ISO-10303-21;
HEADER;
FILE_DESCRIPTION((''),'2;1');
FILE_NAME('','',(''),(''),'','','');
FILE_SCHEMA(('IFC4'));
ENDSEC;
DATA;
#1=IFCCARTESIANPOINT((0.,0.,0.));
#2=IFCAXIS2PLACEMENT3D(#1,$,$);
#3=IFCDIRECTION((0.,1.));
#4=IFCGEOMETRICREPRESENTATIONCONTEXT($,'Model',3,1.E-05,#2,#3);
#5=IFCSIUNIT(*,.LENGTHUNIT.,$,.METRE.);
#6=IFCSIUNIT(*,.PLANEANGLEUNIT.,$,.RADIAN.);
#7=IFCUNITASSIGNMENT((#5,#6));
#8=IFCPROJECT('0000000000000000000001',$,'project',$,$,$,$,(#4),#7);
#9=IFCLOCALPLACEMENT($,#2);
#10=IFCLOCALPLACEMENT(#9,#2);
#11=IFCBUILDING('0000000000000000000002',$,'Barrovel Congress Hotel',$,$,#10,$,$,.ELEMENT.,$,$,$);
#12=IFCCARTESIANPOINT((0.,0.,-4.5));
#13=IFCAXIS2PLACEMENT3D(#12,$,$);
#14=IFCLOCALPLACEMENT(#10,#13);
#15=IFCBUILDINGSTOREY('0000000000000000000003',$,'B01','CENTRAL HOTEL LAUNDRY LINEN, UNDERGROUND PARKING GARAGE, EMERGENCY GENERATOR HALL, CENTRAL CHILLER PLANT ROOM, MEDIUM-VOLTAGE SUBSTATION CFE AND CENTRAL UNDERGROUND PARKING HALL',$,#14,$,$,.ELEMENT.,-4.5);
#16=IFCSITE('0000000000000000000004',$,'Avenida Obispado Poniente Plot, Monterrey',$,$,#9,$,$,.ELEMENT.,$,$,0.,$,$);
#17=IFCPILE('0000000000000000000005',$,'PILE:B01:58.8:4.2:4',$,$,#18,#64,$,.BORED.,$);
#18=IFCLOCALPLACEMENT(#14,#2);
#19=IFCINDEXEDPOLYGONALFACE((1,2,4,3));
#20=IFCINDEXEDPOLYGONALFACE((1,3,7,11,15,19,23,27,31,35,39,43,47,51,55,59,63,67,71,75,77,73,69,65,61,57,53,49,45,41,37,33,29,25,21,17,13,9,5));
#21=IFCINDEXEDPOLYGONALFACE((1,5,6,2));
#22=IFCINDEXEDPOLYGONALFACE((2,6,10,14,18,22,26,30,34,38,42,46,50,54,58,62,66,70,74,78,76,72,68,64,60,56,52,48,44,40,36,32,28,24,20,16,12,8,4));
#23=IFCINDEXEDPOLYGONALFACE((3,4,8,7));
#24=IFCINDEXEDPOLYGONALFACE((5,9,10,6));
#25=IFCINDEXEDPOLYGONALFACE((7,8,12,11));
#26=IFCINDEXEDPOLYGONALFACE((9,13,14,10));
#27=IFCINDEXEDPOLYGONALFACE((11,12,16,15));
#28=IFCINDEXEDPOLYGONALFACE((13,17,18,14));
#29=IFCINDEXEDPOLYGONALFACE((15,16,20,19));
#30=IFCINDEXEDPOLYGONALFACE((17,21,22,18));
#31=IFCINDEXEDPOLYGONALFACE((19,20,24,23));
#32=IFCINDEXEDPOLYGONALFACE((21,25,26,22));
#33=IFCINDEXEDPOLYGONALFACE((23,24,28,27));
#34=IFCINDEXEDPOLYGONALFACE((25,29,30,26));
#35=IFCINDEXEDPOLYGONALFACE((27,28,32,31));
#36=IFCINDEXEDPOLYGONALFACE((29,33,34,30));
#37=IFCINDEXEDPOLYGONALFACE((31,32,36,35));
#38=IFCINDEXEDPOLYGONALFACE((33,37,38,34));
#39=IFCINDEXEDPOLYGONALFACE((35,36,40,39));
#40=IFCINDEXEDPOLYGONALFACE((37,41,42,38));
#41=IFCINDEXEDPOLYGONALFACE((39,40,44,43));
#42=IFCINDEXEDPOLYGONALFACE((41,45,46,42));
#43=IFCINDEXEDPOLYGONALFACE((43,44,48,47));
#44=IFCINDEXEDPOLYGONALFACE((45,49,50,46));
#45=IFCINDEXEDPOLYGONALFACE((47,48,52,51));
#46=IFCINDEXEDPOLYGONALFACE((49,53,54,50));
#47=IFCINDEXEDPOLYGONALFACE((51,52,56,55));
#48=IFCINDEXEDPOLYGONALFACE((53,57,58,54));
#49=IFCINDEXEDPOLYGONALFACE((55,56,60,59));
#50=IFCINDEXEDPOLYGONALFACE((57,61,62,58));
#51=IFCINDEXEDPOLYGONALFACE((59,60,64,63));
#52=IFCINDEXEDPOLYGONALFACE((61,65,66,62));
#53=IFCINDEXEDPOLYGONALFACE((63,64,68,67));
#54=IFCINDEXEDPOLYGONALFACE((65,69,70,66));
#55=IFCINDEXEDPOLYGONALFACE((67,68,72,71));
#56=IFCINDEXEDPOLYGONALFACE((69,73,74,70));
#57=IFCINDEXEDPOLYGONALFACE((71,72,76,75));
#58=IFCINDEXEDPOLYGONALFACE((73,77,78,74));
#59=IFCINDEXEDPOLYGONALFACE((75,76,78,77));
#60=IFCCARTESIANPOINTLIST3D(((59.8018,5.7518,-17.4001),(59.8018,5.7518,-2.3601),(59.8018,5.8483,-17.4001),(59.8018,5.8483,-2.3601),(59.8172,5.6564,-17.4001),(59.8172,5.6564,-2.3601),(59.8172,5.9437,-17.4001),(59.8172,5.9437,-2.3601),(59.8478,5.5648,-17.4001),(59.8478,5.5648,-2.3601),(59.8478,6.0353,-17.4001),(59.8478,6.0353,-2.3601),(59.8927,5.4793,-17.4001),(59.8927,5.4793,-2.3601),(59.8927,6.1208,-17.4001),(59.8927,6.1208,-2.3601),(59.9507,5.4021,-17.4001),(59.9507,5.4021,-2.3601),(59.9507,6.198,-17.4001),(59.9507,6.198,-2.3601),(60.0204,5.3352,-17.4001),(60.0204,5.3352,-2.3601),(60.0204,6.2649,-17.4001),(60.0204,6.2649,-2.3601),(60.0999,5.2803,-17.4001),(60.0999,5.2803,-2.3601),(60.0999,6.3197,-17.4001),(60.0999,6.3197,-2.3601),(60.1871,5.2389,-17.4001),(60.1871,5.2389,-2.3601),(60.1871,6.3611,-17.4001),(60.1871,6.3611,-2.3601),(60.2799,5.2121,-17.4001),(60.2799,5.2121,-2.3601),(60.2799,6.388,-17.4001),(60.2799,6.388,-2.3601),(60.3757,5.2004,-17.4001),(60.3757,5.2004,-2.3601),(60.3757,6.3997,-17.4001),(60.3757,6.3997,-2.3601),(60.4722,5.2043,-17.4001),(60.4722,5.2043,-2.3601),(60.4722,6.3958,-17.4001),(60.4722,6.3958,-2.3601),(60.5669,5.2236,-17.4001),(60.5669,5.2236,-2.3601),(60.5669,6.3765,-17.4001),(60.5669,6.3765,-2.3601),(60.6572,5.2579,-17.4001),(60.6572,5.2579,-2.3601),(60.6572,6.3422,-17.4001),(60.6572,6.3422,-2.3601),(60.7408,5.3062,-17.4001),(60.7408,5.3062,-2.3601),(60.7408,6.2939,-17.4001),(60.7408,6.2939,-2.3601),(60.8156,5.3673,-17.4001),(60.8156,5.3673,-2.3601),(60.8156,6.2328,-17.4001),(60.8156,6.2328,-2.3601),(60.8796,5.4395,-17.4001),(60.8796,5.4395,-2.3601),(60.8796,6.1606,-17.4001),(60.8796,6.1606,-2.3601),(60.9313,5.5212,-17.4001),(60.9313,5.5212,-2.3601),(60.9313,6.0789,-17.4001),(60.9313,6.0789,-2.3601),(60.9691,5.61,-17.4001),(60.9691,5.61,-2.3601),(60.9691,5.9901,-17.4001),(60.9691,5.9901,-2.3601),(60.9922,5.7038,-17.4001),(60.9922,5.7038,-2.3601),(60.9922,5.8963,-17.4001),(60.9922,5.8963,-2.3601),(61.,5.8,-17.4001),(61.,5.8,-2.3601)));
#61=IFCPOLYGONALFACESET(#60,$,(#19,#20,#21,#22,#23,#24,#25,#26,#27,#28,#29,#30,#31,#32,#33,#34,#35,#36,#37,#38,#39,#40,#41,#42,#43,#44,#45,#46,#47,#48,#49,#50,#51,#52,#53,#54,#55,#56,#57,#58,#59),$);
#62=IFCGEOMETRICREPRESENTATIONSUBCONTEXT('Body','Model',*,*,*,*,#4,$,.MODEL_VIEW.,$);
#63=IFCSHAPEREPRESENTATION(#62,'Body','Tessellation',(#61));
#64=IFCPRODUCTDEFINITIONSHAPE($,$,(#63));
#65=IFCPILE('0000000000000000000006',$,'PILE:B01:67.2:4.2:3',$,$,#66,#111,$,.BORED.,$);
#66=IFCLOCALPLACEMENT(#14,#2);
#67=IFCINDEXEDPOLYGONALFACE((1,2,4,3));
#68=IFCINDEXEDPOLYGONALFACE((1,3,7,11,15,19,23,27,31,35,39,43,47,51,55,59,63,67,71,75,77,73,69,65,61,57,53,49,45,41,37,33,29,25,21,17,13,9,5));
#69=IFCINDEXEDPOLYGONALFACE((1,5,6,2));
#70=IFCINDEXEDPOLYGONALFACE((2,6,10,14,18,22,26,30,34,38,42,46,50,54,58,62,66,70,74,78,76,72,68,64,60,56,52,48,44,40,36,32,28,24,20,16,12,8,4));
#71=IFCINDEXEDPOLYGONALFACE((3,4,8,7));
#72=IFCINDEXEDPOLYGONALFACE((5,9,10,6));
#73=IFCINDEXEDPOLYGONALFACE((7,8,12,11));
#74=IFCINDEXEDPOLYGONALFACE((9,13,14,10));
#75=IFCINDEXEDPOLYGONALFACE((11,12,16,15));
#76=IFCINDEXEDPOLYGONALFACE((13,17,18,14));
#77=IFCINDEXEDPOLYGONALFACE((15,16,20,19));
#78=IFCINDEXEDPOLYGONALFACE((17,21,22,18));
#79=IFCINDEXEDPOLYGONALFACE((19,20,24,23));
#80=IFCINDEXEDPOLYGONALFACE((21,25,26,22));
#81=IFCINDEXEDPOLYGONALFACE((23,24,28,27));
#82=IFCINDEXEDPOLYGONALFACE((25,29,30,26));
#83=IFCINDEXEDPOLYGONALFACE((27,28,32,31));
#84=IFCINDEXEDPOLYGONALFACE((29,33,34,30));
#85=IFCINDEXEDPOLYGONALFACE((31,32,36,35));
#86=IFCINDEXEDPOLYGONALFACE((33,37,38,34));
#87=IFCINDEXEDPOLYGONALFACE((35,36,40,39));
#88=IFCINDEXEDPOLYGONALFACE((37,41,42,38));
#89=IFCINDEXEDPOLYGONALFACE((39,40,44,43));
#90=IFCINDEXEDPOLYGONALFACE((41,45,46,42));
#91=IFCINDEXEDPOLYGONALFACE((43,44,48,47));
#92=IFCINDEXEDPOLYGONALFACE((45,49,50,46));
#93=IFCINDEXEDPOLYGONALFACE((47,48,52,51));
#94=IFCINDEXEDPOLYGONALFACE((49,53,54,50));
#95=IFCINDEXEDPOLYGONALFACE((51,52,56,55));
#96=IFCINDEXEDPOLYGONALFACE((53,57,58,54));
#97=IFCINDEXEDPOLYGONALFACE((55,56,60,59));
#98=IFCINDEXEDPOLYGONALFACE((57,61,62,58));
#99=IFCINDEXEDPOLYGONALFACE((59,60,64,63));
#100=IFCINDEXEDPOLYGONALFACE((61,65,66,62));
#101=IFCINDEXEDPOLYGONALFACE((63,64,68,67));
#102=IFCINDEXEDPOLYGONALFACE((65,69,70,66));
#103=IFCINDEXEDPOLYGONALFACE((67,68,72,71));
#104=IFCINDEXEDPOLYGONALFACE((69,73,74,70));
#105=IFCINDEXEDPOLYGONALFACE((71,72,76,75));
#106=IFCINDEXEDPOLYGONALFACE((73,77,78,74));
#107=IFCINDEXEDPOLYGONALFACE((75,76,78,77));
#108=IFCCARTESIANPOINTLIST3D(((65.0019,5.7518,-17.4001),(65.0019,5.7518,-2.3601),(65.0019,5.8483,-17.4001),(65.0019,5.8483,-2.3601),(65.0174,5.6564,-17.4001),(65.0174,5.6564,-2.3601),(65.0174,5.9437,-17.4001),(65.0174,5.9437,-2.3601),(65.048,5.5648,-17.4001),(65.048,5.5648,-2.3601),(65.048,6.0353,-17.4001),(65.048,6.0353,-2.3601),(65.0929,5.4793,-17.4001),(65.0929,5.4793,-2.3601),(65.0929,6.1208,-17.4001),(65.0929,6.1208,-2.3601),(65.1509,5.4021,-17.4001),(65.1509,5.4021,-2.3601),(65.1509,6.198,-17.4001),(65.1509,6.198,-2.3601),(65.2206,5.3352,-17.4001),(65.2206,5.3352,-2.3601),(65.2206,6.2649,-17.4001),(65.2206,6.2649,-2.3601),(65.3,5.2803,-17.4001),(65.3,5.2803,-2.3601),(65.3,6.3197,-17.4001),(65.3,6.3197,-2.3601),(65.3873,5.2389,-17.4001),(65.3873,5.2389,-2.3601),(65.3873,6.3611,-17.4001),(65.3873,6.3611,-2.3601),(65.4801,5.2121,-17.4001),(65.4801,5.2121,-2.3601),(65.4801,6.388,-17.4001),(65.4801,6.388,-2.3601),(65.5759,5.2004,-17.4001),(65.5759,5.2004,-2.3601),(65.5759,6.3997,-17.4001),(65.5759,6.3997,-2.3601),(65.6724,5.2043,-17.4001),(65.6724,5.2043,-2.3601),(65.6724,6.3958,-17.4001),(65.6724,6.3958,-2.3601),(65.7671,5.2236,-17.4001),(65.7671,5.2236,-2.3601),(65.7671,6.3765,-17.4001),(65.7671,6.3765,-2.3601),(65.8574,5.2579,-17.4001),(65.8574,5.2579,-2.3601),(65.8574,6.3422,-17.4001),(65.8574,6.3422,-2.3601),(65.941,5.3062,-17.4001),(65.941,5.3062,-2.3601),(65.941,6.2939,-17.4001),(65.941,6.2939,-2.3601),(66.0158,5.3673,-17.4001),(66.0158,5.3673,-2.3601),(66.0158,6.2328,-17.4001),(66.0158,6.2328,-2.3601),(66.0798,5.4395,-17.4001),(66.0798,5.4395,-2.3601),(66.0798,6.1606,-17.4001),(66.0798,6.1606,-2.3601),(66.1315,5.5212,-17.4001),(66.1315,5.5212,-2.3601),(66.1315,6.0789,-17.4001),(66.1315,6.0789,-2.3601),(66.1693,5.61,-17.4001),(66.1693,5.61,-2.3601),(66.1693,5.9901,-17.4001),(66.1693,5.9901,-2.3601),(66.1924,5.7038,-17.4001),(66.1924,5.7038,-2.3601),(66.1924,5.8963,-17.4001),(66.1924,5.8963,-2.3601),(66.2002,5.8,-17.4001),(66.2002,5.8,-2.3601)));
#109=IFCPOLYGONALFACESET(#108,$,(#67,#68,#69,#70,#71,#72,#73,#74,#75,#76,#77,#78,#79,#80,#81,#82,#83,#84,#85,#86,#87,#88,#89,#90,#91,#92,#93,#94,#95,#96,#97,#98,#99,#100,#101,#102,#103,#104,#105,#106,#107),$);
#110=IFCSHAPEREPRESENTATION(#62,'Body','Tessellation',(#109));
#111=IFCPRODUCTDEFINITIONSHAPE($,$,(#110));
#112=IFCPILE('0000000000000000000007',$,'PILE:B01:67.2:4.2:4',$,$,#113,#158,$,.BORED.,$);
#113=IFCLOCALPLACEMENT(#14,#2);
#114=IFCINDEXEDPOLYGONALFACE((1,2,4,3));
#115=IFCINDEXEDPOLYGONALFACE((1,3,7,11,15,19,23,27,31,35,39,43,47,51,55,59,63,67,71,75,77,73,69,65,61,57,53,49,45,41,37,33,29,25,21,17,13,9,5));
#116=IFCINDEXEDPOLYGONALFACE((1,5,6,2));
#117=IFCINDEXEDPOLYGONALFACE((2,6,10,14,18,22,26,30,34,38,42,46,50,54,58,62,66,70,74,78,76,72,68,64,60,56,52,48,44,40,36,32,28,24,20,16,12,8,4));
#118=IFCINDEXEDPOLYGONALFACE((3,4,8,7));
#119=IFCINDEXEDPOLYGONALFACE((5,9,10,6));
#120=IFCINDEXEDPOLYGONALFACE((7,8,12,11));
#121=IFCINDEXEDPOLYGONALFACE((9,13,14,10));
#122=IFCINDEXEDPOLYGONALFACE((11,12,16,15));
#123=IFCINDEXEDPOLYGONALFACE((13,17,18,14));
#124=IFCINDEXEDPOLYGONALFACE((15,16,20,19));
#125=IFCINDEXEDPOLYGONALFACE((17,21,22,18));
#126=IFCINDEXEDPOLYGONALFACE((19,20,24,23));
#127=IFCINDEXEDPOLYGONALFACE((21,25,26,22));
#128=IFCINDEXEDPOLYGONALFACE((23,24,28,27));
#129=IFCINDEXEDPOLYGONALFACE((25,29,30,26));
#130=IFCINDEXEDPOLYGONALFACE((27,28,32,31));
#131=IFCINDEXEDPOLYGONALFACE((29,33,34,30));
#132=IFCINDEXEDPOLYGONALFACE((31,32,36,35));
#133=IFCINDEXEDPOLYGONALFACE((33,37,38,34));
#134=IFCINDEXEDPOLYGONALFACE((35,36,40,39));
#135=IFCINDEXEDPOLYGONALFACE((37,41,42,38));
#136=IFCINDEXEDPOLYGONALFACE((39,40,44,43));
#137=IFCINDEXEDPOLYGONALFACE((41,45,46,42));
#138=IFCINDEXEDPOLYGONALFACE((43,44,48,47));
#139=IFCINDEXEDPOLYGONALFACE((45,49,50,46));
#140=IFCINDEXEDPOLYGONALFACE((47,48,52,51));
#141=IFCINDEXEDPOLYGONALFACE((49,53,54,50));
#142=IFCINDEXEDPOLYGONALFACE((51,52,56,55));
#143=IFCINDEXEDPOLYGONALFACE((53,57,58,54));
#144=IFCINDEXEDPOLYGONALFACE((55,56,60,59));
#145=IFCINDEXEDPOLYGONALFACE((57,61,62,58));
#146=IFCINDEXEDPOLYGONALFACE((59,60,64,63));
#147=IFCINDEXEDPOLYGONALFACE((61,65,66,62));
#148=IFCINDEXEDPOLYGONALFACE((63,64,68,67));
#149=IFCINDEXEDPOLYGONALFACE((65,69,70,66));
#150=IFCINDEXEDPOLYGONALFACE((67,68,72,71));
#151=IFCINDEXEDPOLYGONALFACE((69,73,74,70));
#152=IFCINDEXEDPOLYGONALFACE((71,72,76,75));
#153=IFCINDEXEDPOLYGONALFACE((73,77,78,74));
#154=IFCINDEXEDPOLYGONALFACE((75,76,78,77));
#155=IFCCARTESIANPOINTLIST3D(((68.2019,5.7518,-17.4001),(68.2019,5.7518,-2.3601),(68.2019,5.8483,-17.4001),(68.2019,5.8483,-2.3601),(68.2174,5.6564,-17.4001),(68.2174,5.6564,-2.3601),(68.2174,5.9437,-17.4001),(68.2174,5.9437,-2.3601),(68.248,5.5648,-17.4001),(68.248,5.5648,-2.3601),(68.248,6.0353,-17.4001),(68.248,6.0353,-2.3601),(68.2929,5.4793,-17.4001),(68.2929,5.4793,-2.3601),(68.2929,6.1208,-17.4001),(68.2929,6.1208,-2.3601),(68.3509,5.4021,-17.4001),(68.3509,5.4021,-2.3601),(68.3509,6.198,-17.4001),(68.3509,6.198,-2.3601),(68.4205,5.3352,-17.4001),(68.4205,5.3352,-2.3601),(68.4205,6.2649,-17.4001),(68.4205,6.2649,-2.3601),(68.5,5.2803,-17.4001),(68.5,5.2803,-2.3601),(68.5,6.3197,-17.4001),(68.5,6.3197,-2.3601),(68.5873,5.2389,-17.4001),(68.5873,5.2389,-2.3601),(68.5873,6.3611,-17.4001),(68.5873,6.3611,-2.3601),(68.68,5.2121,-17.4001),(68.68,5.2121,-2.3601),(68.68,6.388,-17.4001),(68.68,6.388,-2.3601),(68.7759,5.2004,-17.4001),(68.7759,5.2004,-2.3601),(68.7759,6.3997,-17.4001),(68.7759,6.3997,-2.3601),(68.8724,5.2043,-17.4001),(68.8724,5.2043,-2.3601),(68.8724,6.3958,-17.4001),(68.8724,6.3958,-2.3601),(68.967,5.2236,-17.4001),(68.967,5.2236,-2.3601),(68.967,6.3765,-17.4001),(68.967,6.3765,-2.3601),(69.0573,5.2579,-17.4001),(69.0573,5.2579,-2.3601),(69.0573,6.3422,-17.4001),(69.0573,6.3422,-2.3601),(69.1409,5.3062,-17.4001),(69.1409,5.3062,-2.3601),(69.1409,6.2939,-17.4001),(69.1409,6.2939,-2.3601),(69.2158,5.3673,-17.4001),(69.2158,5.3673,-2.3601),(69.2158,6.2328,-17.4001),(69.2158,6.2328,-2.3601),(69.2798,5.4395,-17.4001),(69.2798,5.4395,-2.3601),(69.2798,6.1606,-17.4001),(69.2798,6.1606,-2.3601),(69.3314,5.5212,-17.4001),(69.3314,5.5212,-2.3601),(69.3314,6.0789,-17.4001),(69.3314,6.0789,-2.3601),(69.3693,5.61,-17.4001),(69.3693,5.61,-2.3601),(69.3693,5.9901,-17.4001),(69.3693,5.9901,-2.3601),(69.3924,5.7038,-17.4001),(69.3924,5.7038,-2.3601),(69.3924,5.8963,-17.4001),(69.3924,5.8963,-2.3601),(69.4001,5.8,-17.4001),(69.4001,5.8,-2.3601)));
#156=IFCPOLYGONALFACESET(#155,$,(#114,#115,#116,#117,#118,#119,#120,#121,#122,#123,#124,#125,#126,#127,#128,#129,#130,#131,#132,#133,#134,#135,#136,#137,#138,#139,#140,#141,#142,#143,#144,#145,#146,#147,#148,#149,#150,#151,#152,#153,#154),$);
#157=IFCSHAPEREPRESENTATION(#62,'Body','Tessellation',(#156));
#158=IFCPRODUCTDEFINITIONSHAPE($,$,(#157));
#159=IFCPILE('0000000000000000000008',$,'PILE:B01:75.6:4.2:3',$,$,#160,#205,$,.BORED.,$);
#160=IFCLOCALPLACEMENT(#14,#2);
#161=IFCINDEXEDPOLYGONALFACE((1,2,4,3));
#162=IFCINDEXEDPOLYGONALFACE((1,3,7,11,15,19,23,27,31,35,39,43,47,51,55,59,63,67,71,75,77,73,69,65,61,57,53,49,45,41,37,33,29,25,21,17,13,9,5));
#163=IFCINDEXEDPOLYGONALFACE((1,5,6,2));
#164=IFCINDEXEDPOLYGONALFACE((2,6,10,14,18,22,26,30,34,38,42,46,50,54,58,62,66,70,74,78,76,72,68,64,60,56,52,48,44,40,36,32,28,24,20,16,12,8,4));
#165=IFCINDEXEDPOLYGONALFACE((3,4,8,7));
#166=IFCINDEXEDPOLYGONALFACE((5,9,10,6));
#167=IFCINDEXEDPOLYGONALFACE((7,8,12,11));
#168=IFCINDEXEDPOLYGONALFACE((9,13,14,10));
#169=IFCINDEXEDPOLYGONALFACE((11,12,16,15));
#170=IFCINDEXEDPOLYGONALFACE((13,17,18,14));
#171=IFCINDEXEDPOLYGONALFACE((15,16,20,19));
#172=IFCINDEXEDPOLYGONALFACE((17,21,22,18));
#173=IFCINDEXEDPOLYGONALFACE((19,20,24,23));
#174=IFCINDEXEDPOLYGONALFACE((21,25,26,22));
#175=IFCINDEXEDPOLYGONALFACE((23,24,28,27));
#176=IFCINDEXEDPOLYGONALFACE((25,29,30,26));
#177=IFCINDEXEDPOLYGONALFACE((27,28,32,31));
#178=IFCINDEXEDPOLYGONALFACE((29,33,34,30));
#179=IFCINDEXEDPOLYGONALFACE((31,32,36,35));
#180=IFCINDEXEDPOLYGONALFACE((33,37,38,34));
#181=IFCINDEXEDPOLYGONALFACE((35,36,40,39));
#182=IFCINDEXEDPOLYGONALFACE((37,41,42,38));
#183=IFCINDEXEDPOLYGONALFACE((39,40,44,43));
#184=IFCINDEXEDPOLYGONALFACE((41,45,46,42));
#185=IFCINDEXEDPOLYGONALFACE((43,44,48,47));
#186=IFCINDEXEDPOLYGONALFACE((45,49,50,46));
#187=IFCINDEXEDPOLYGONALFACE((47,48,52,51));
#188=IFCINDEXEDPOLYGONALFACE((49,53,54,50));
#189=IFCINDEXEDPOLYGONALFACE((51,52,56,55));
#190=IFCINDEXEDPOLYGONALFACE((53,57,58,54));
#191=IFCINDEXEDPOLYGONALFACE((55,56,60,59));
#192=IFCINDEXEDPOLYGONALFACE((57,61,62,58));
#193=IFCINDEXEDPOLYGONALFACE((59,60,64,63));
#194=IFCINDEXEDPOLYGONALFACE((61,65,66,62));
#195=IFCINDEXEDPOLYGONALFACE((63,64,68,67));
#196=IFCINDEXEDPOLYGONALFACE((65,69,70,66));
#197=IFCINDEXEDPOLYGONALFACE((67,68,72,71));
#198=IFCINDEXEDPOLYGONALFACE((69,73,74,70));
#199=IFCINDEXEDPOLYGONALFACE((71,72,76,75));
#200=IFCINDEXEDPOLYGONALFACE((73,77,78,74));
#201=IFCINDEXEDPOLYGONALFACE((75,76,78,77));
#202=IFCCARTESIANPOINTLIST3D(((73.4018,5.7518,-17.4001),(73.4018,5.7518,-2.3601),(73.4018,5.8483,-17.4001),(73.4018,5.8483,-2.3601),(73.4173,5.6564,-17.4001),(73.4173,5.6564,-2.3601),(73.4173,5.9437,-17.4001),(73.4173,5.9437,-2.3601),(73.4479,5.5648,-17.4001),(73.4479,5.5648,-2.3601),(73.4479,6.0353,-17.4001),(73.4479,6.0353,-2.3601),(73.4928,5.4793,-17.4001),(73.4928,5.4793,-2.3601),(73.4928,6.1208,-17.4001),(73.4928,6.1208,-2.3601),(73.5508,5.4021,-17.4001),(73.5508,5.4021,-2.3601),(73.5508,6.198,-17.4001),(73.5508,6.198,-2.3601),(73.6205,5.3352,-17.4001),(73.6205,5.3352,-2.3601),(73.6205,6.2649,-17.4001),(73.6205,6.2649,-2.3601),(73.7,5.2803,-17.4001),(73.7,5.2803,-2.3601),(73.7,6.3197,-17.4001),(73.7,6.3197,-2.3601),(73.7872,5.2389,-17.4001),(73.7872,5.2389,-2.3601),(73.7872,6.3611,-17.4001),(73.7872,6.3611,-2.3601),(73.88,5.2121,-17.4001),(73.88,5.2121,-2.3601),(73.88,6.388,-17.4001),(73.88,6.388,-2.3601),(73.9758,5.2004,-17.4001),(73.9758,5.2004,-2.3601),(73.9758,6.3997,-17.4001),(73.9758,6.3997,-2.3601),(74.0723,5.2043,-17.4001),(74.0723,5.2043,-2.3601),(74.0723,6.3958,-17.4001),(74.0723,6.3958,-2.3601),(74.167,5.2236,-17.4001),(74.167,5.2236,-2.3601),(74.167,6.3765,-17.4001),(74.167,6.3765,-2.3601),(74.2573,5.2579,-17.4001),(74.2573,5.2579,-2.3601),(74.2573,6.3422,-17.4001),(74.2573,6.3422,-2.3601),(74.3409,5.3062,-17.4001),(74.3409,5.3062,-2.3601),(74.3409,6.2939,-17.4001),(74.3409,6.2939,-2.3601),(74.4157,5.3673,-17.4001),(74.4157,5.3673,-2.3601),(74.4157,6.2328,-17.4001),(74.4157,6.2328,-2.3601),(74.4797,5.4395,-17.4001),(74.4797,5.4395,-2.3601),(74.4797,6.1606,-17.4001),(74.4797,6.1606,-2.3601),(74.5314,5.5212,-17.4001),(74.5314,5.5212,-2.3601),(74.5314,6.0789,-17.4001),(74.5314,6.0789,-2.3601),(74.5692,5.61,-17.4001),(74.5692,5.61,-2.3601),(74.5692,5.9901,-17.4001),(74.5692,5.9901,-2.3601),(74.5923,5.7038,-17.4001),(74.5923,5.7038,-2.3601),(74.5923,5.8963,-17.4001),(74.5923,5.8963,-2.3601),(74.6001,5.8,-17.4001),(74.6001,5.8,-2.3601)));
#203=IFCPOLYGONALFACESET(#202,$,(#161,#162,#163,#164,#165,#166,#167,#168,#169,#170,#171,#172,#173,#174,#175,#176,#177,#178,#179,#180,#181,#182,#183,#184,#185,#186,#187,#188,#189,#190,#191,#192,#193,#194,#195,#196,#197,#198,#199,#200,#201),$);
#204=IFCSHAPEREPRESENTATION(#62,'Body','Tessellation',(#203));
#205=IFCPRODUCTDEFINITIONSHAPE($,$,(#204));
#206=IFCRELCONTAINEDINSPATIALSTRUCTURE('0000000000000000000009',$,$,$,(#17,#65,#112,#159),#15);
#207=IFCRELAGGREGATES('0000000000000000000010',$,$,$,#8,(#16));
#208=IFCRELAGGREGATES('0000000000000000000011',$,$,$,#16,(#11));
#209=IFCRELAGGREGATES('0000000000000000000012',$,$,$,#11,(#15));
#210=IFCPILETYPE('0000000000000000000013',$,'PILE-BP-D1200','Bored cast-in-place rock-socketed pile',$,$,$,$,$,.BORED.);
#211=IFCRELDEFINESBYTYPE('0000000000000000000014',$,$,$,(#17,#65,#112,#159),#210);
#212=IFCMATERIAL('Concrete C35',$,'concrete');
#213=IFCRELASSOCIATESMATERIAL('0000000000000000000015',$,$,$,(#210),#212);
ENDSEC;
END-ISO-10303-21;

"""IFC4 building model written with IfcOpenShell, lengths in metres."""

from ifc_helpers import new_model, si_unit, direction, frame, origin, origin_2d, place, context, subcontext, project, spatial, circle, extrude, material, material_profile, profile_set, type_object, element, save


model = new_model("IFC4")

# Units and contexts
model_context = context("Model", 3, precision=1e-05, world=origin(), true_north=direction((0.0, 1.0)))
body_context = subcontext(model_context, "Body", "Model", "MODEL_VIEW")
ifc_project = project(units=[si_unit("LENGTHUNIT", "METRE"), si_unit("PLANEANGLEUNIT", "RADIAN")], contexts=[model_context])

# Site, building, storey
site_placement = place(None, origin())
site = spatial("IfcSite", under=ifc_project, at=site_placement, Name="Avenida Obispado Poniente Plot, Monterrey", CompositionType="ELEMENT", RefElevation=0.0)
building_placement = place(site_placement, origin())
building = spatial("IfcBuilding", under=site, at=building_placement, Name="Barrovel Congress Hotel", CompositionType="ELEMENT")
storey_placement = place(building_placement, frame((0.0, 0.0, -4.5)))
storey = spatial("IfcBuildingStorey", under=building, at=storey_placement, Name="B01", Description="CENTRAL HOTEL LAUNDRY LINEN, UNDERGROUND PARKING GARAGE, EMERGENCY GENERATOR HALL, CENTRAL CHILLER PLANT ROOM, MEDIUM-VOLTAGE SUBSTATION CFE AND CENTRAL UNDERGROUND PARKING HALL", CompositionType="ELEMENT", Elevation=-4.5)

# Piles
ifc_material_1 = material(Name="Concrete C35", Category="concrete")
ifc_material_profile_1 = material_profile(ifc_material_1, circle(Radius=0.6001, at=origin_2d()), Name="BP-D1200")
ifc_profile_set_1 = profile_set([ifc_material_profile_1], Name="Concrete C35")
pile_type_1 = type_object("IfcPileType", Name="PILE-BP-D1200", Description="Bored cast-in-place rock-socketed pile", PredefinedType="BORED", material=ifc_profile_set_1)
for number, where, z_axis, x_axis, name in (
    (1, (60.3999, 5.8, -2.3601), (0.0, 0.0, -1.0), (1.0, 0.0, 0.0), "PILE:B01:58.8:4.2:4"),
    (2, (65.6001, 5.8, -2.3601), (0.0, 0.0, -1.0), (1.0, 0.0, 0.0), "PILE:B01:67.2:4.2:3"),
    (3, (68.8, 5.8, -2.3601), (0.0, 0.0, -1.0), (1.0, 0.0, 0.0), "PILE:B01:67.2:4.2:4"),
    (4, (74.0, 5.8, -2.3601), (0.0, 0.0, -1.0), (1.0, 0.0, 0.0), "PILE:B01:75.6:4.2:3"),
):
    element("IfcPile", number, at=place(storey_placement, frame(where, z_axis=z_axis, x_axis=x_axis)), inside=storey, type_object=pile_type_1, Name=name, PredefinedType="BORED", context=body_context, shape_type="SweptSolid", body=[
        extrude(circle(Radius=0.6001, at=origin_2d()), origin(), (0.0, 0.0, 1.0), 15.04),
    ])

save(model, "model.ifc")
